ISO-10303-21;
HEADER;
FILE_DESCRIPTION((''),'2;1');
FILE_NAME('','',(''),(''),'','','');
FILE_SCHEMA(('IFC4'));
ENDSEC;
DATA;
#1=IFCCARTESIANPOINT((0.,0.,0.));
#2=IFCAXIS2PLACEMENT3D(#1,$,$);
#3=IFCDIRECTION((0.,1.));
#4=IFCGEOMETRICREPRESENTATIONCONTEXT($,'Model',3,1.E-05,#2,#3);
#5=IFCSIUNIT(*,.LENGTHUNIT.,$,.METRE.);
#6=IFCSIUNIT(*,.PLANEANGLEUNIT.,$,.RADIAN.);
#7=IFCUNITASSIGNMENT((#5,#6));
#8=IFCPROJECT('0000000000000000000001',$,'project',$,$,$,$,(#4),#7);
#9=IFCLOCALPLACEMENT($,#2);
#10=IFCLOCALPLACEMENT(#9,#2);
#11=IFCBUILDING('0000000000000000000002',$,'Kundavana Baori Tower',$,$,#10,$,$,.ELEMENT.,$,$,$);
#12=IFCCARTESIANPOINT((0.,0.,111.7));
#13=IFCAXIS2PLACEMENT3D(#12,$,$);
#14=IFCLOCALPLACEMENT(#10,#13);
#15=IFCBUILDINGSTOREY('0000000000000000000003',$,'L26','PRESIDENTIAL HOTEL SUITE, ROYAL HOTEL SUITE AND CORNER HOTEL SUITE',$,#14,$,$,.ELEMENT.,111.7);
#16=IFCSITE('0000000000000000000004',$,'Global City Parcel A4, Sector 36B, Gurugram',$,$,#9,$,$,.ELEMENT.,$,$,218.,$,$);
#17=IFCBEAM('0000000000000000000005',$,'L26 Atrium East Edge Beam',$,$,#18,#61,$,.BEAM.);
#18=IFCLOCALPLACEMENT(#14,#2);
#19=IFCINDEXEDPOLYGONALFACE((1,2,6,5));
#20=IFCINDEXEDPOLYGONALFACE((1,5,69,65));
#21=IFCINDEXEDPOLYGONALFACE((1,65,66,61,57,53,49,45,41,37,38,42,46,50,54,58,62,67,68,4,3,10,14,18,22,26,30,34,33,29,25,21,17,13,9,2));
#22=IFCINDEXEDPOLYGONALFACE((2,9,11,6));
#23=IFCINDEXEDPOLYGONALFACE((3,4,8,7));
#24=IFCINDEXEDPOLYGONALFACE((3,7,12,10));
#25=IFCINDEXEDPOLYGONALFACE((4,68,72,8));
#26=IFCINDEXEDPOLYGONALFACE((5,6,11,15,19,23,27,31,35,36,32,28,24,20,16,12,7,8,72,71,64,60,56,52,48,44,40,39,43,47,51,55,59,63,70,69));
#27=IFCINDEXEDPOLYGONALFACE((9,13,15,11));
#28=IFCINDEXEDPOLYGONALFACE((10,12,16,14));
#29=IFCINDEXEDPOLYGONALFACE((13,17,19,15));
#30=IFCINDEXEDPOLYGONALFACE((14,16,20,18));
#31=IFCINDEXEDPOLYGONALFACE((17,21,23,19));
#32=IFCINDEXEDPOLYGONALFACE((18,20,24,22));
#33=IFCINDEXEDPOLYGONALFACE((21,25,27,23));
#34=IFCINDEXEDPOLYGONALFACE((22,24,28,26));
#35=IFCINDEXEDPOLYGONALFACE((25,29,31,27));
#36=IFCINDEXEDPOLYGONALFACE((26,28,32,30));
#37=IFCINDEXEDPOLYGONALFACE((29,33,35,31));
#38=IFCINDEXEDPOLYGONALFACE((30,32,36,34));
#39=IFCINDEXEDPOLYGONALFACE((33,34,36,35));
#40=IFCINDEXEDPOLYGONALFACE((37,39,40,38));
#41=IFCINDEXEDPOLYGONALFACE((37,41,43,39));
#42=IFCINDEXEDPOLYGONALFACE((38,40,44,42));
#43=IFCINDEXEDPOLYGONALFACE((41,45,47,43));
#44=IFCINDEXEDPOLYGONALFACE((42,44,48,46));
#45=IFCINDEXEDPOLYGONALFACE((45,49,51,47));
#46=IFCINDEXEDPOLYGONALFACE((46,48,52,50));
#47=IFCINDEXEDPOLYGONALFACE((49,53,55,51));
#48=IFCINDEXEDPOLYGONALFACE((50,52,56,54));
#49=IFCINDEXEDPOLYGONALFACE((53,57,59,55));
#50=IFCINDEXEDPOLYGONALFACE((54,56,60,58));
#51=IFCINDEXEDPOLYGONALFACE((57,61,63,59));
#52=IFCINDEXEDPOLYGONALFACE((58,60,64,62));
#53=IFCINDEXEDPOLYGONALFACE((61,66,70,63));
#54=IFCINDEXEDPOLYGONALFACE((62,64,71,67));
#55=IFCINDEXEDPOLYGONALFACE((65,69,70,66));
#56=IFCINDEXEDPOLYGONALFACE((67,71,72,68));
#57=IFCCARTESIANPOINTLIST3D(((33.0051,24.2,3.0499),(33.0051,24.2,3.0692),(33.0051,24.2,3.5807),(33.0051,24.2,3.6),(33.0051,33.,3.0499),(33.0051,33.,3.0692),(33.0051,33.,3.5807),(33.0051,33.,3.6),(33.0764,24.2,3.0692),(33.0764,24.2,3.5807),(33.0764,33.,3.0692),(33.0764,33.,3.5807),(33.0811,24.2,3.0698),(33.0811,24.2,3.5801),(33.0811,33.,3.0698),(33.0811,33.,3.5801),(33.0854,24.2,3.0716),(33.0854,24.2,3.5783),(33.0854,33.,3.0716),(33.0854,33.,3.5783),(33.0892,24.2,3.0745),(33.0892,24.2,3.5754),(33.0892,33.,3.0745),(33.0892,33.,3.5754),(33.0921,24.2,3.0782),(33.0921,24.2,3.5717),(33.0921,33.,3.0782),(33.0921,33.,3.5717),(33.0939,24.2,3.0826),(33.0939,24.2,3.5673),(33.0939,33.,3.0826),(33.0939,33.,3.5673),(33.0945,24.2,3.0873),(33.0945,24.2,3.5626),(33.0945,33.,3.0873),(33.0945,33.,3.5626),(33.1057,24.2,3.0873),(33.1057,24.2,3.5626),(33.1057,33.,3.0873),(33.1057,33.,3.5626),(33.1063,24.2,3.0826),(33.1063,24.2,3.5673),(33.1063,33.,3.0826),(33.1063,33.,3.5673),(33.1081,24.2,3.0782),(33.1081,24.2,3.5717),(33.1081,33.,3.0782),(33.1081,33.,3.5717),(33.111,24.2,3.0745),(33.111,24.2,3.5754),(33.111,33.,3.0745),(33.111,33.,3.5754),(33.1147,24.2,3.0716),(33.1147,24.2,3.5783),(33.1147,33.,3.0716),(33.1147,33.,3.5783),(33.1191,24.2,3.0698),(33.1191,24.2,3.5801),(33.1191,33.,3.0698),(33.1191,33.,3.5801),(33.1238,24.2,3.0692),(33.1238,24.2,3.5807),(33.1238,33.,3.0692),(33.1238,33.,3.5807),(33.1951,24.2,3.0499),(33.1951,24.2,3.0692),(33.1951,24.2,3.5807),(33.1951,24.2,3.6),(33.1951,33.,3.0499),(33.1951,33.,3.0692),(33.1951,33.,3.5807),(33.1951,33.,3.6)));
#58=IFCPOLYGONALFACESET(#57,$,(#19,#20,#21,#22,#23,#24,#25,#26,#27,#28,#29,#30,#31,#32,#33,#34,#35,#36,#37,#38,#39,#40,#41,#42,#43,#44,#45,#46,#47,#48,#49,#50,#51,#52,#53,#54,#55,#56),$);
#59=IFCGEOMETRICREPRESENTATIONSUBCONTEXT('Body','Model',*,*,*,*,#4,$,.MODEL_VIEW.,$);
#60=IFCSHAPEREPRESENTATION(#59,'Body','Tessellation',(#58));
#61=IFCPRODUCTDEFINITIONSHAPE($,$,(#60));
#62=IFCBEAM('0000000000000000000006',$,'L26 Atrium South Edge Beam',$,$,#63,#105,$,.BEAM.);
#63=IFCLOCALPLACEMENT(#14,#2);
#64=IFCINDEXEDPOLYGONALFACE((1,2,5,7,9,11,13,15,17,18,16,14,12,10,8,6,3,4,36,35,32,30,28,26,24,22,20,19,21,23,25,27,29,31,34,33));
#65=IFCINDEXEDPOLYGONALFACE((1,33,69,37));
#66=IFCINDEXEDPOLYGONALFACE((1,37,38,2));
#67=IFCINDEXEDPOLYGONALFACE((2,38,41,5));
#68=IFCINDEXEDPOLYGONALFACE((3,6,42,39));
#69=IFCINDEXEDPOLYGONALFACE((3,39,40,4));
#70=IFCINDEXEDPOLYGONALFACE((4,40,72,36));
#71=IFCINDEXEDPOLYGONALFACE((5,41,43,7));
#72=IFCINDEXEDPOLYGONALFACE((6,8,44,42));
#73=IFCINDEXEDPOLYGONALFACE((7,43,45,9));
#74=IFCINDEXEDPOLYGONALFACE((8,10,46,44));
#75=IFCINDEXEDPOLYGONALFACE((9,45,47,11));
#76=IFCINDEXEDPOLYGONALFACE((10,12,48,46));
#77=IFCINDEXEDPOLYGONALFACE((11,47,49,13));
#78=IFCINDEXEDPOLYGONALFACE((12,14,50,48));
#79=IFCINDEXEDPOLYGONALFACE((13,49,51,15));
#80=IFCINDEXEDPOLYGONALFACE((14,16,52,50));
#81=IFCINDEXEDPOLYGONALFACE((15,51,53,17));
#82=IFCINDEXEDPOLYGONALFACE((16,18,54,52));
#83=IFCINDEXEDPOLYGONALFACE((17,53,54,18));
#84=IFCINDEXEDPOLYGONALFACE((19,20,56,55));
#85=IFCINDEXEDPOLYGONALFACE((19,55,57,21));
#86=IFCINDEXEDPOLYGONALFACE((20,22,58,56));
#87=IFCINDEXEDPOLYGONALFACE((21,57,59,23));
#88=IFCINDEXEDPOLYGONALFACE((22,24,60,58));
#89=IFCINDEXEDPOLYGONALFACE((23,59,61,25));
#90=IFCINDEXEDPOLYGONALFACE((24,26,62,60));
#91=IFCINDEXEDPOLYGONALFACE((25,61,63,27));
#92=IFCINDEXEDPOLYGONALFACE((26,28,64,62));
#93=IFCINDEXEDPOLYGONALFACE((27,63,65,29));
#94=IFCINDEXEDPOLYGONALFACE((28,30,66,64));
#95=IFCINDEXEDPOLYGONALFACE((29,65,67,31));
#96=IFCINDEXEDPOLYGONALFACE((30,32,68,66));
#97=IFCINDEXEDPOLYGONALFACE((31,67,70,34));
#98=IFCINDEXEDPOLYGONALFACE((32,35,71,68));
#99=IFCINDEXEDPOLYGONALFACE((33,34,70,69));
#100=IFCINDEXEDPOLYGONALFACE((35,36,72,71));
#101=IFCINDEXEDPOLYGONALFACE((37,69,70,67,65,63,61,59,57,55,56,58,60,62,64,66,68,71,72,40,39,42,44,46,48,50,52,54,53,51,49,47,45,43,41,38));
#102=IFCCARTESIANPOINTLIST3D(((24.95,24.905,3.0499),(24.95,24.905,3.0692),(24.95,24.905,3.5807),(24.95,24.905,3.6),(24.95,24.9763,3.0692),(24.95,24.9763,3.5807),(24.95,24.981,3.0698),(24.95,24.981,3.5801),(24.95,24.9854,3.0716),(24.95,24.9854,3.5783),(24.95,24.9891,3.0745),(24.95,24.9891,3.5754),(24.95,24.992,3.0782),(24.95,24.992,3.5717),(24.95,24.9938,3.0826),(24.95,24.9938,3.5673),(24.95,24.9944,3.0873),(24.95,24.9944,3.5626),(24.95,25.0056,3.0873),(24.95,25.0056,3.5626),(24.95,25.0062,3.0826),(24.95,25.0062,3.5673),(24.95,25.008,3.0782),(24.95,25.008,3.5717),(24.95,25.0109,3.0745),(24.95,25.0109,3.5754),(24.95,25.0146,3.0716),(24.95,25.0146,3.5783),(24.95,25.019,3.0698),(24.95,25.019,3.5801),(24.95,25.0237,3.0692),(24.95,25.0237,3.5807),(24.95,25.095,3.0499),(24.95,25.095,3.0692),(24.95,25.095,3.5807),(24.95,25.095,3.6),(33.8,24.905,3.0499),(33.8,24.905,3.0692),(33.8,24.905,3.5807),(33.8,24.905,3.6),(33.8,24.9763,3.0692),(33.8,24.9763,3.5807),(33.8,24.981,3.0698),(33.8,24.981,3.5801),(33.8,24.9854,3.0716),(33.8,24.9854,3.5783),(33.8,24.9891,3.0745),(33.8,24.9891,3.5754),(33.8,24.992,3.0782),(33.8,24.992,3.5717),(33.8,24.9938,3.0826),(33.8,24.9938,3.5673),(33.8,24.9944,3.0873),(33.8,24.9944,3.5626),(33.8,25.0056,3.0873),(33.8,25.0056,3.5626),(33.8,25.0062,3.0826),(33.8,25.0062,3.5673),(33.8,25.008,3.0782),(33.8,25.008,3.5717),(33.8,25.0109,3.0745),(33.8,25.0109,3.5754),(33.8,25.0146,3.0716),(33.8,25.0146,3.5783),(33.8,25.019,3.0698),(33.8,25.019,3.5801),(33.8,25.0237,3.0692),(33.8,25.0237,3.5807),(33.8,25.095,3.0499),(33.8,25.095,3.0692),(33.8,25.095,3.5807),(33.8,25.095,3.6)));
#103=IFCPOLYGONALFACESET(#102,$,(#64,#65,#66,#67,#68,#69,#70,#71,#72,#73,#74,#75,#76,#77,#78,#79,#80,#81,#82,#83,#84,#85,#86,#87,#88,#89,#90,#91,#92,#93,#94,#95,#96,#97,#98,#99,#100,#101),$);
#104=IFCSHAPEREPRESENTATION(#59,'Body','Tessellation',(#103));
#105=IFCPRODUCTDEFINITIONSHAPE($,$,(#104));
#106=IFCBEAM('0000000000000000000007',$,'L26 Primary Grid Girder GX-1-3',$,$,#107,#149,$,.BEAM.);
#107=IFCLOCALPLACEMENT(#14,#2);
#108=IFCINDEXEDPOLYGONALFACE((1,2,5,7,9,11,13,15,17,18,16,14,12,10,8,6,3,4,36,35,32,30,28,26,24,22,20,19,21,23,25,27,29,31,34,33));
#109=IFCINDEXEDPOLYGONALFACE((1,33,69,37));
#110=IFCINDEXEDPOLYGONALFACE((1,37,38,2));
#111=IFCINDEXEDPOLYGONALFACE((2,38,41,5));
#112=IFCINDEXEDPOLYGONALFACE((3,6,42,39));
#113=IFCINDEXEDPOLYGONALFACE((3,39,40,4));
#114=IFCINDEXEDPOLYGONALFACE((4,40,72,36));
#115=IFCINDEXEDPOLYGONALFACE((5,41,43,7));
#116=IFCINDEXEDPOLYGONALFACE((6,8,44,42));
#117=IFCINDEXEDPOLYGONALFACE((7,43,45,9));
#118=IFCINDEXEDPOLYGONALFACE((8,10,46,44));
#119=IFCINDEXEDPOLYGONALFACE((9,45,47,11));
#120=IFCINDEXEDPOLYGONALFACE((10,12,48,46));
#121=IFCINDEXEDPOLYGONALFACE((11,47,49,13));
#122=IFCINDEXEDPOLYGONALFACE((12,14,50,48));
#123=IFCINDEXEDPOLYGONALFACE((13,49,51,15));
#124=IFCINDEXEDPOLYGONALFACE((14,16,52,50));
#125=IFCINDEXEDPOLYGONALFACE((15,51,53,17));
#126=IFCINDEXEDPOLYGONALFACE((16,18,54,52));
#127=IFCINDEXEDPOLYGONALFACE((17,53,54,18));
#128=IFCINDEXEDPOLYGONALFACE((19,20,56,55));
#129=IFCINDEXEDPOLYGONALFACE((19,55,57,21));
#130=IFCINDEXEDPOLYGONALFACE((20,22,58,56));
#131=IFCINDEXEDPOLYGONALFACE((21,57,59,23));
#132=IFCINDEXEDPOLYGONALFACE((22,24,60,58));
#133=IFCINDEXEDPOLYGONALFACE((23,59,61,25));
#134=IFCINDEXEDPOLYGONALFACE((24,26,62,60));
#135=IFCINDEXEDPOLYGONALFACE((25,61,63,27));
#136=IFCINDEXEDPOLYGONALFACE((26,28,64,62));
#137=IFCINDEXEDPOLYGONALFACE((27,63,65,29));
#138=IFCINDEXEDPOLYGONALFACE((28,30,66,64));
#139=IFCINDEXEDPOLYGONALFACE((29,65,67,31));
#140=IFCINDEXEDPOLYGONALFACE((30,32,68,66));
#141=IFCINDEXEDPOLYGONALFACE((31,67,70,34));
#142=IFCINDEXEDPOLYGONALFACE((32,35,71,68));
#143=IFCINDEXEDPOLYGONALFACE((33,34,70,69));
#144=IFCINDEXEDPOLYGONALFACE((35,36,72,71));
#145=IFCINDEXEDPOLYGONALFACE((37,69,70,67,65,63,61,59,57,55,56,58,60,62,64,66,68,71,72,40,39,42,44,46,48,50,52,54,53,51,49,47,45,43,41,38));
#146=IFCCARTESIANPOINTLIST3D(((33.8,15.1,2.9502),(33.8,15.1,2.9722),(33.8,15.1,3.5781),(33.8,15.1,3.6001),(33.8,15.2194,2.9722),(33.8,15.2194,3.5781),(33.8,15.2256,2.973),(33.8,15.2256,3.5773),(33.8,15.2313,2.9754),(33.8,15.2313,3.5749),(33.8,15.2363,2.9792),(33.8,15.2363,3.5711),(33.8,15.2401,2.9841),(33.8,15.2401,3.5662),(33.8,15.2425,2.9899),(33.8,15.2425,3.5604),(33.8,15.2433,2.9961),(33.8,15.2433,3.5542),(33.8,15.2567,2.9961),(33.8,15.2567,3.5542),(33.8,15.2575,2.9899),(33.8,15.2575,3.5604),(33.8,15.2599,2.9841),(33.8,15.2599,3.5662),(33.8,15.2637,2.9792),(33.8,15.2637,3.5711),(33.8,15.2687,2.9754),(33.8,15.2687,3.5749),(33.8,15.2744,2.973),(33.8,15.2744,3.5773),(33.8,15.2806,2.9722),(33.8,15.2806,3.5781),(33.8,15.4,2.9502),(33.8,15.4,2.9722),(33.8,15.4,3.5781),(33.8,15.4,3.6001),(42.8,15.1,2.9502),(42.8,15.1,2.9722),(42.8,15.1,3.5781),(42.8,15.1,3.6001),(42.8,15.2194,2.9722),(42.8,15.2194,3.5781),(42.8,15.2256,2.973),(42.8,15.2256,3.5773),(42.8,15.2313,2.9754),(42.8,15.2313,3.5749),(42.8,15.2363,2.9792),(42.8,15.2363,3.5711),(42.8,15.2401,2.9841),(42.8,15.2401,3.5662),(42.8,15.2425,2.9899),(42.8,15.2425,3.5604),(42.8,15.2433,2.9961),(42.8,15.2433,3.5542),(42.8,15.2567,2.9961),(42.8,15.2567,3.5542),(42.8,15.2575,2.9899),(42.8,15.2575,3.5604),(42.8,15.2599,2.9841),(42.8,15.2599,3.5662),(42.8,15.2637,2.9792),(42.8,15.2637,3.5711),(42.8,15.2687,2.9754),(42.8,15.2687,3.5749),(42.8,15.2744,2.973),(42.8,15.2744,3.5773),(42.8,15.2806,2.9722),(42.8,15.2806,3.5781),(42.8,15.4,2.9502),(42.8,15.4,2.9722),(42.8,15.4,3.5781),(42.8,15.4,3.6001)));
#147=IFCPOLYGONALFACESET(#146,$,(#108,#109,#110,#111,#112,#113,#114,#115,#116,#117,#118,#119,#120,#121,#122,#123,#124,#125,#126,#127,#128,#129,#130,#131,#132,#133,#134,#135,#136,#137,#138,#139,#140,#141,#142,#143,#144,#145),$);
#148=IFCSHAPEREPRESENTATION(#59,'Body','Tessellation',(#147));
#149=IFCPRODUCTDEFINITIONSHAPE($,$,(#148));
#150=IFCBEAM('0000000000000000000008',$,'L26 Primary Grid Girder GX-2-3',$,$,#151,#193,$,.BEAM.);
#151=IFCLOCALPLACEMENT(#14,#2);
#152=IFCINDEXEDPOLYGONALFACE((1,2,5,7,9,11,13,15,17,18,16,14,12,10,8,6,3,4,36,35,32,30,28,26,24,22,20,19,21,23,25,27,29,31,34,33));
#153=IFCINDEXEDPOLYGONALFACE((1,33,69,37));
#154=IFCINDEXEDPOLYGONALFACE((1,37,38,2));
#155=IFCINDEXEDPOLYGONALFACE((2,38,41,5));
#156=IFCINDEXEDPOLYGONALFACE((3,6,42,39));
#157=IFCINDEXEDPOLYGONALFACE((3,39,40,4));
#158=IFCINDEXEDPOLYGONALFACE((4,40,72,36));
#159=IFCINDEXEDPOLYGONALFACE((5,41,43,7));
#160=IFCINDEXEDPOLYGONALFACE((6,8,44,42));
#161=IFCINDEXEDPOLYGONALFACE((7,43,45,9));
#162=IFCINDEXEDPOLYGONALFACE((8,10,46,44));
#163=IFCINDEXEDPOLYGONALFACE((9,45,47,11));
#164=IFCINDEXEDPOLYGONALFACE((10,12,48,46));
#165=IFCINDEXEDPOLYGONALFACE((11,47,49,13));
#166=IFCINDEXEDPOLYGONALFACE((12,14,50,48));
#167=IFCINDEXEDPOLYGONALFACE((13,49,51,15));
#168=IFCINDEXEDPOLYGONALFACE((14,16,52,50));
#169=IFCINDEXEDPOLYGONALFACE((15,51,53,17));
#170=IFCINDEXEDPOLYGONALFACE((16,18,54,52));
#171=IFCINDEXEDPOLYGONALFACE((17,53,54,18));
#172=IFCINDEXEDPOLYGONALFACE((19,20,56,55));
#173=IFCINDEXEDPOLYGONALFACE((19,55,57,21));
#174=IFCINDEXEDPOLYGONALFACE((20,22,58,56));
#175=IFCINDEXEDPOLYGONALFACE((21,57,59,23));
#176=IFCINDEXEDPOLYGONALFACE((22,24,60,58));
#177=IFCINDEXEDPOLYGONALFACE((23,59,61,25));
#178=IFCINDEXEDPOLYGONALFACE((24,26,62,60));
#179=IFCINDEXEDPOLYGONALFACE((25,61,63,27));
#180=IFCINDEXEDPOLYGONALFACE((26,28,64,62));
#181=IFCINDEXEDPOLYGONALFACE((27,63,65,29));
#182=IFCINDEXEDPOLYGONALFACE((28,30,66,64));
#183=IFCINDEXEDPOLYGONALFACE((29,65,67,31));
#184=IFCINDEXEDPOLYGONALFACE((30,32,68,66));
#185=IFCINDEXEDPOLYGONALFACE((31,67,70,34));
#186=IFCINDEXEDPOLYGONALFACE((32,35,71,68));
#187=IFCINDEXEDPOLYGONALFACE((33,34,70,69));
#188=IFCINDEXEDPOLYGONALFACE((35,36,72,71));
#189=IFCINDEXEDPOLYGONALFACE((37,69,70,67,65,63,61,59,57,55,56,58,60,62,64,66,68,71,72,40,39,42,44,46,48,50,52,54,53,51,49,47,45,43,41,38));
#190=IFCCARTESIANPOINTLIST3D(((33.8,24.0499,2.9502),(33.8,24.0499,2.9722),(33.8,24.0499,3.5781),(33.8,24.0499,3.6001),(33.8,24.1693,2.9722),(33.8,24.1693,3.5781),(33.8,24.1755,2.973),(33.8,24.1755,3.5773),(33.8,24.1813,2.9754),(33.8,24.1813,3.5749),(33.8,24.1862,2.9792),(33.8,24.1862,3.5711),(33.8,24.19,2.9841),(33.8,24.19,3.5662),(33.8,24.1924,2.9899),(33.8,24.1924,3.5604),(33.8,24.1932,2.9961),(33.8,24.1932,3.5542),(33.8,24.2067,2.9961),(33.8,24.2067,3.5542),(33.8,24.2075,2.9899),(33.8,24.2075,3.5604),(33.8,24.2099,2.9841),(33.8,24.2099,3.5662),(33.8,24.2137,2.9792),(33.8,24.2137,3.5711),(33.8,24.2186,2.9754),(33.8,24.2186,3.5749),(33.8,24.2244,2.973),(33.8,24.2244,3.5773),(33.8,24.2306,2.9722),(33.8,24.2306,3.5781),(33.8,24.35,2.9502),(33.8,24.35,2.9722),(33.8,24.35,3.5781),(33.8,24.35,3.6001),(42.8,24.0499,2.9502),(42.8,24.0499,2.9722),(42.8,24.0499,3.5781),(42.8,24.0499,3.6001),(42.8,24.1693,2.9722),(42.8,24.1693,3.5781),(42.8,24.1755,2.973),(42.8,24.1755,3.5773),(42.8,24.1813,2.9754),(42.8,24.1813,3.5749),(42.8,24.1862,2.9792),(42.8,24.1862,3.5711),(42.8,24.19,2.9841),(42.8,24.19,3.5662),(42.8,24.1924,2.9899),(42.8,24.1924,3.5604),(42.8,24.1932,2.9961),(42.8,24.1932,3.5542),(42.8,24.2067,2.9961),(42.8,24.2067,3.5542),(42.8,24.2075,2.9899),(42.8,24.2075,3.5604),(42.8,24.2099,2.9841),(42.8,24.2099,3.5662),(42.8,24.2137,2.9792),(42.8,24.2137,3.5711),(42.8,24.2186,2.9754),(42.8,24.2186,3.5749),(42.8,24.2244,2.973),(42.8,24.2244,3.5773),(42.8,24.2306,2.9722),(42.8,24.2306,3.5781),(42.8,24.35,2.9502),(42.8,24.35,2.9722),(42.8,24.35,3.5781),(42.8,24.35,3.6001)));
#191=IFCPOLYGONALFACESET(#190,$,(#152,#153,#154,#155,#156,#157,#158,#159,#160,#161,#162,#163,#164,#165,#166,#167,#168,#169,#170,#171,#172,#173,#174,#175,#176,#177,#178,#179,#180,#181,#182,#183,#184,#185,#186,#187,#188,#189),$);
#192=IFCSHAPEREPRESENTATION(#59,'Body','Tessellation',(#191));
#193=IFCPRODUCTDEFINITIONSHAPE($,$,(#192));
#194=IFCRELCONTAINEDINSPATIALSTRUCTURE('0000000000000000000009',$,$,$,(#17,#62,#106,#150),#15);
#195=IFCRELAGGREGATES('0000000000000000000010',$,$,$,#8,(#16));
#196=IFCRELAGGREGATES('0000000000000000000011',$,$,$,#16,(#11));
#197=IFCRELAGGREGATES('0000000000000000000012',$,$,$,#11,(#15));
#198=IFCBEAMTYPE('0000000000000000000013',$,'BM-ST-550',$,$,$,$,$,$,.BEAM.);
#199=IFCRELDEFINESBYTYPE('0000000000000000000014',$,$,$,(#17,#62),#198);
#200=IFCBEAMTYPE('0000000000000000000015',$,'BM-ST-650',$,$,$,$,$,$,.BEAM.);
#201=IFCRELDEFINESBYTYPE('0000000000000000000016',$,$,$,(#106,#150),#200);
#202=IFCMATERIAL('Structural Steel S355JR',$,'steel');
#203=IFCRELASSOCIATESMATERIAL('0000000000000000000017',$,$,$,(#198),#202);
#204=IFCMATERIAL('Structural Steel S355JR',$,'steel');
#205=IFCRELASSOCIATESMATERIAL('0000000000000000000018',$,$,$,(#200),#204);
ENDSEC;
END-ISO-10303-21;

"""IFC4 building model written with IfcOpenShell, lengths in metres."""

from ifc_helpers import new_model, si_unit, direction, frame, origin, origin_2d, place, context, subcontext, project, spatial, i_section, extrude, material, material_profile, profile_set, type_object, element, save


model = new_model("IFC4")

# Units and contexts
model_context = context("Model", 3, precision=1e-05, world=origin(), true_north=direction((0.0, 1.0)))
body_context = subcontext(model_context, "Body", "Model", "MODEL_VIEW")
ifc_project = project(units=[si_unit("LENGTHUNIT", "METRE"), si_unit("PLANEANGLEUNIT", "RADIAN")], contexts=[model_context])

# Site, building, storey
site_placement = place(None, origin())
site = spatial("IfcSite", under=ifc_project, at=site_placement, Name="Global City Parcel A4, Sector 36B, Gurugram", CompositionType="ELEMENT", RefElevation=218.0)
building_placement = place(site_placement, origin())
building = spatial("IfcBuilding", under=site, at=building_placement, Name="Kundavana Baori Tower", CompositionType="ELEMENT")
storey_placement = place(building_placement, frame((0.0, 0.0, 111.7)))
storey = spatial("IfcBuildingStorey", under=building, at=storey_placement, Name="L26", Description="PRESIDENTIAL HOTEL SUITE, ROYAL HOTEL SUITE AND CORNER HOTEL SUITE", CompositionType="ELEMENT", Elevation=111.7)

# Beams
ifc_material_1 = material(Name="Structural Steel S355JR", Category="steel")
ifc_material_profile_1 = material_profile(ifc_material_1, i_section(OverallWidth=0.1899, OverallDepth=0.55, WebThickness=0.0112, FlangeThickness=0.0193, FilletRadius=0.0181, at=origin_2d()), Name="ISMB 550")
ifc_profile_set_1 = profile_set([ifc_material_profile_1], Name="Structural Steel S355JR")
beam_type_1 = type_object("IfcBeamType", Name="BM-ST-550", PredefinedType="BEAM", material=ifc_profile_set_1)
for number, where, z_axis, x_axis, name in (
    (1, (33.1001, 24.2, 3.325), (0.0, 1.0, 0.0), (-1.0, 0.0, 0.0), "L26 Atrium East Edge Beam"),
):
    element("IfcBeam", number, at=place(storey_placement, frame(where, z_axis=z_axis, x_axis=x_axis)), inside=storey, type_object=beam_type_1, Name=name, PredefinedType="BEAM", context=body_context, shape_type="SweptSolid", body=[
        extrude(i_section(OverallWidth=0.1899, OverallDepth=0.55, WebThickness=0.0112, FlangeThickness=0.0193, FilletRadius=0.0181, at=origin_2d()), origin(), (0.0, 0.0, 1.0), 8.8),
    ])
beam_1_placement = place(storey_placement, frame((24.95, 25.0, 3.325), z_axis=(1.0, 0.0, 0.0), x_axis=(0.0, 1.0, 0.0)))
element("IfcBeam", 2, at=beam_1_placement, inside=storey, type_object=beam_type_1, Name="L26 Atrium South Edge Beam", PredefinedType="BEAM", context=body_context, shape_type="SweptSolid", body=[
    extrude(i_section(OverallWidth=0.1899, OverallDepth=0.55, WebThickness=0.0112, FlangeThickness=0.0193, FilletRadius=0.0181, at=origin_2d()), origin(), (0.0, 0.0, 1.0), 8.8501),
])
ifc_material_2 = material(Name="Structural Steel S355JR", Category="steel")
ifc_material_profile_2 = material_profile(ifc_material_2, i_section(OverallWidth=0.3, OverallDepth=0.6499, WebThickness=0.0134, FlangeThickness=0.022, FilletRadius=0.0239, at=origin_2d()), Name="NPB 650x300x155")
ifc_profile_set_2 = profile_set([ifc_material_profile_2], Name="Structural Steel S355JR")
beam_type_2 = type_object("IfcBeamType", Name="BM-ST-650", PredefinedType="BEAM", material=ifc_profile_set_2)
for number, where, z_axis, x_axis, name in (
    (3, (33.8, 15.25, 3.2751), (1.0, 0.0, 0.0), (0.0, 1.0, 0.0), "L26 Primary Grid Girder GX-1-3"),
    (4, (33.8, 24.2, 3.2751), (1.0, 0.0, 0.0), (0.0, 1.0, 0.0), "L26 Primary Grid Girder GX-2-3"),
):
    element("IfcBeam", number, at=place(storey_placement, frame(where, z_axis=z_axis, x_axis=x_axis)), inside=storey, type_object=beam_type_2, Name=name, PredefinedType="BEAM", context=body_context, shape_type="SweptSolid", body=[
        extrude(i_section(OverallWidth=0.3, OverallDepth=0.6499, WebThickness=0.0134, FlangeThickness=0.022, FilletRadius=0.0239, at=origin_2d()), origin(), (0.0, 0.0, 1.0), 9.0),
    ])

save(model, "model.ifc")
